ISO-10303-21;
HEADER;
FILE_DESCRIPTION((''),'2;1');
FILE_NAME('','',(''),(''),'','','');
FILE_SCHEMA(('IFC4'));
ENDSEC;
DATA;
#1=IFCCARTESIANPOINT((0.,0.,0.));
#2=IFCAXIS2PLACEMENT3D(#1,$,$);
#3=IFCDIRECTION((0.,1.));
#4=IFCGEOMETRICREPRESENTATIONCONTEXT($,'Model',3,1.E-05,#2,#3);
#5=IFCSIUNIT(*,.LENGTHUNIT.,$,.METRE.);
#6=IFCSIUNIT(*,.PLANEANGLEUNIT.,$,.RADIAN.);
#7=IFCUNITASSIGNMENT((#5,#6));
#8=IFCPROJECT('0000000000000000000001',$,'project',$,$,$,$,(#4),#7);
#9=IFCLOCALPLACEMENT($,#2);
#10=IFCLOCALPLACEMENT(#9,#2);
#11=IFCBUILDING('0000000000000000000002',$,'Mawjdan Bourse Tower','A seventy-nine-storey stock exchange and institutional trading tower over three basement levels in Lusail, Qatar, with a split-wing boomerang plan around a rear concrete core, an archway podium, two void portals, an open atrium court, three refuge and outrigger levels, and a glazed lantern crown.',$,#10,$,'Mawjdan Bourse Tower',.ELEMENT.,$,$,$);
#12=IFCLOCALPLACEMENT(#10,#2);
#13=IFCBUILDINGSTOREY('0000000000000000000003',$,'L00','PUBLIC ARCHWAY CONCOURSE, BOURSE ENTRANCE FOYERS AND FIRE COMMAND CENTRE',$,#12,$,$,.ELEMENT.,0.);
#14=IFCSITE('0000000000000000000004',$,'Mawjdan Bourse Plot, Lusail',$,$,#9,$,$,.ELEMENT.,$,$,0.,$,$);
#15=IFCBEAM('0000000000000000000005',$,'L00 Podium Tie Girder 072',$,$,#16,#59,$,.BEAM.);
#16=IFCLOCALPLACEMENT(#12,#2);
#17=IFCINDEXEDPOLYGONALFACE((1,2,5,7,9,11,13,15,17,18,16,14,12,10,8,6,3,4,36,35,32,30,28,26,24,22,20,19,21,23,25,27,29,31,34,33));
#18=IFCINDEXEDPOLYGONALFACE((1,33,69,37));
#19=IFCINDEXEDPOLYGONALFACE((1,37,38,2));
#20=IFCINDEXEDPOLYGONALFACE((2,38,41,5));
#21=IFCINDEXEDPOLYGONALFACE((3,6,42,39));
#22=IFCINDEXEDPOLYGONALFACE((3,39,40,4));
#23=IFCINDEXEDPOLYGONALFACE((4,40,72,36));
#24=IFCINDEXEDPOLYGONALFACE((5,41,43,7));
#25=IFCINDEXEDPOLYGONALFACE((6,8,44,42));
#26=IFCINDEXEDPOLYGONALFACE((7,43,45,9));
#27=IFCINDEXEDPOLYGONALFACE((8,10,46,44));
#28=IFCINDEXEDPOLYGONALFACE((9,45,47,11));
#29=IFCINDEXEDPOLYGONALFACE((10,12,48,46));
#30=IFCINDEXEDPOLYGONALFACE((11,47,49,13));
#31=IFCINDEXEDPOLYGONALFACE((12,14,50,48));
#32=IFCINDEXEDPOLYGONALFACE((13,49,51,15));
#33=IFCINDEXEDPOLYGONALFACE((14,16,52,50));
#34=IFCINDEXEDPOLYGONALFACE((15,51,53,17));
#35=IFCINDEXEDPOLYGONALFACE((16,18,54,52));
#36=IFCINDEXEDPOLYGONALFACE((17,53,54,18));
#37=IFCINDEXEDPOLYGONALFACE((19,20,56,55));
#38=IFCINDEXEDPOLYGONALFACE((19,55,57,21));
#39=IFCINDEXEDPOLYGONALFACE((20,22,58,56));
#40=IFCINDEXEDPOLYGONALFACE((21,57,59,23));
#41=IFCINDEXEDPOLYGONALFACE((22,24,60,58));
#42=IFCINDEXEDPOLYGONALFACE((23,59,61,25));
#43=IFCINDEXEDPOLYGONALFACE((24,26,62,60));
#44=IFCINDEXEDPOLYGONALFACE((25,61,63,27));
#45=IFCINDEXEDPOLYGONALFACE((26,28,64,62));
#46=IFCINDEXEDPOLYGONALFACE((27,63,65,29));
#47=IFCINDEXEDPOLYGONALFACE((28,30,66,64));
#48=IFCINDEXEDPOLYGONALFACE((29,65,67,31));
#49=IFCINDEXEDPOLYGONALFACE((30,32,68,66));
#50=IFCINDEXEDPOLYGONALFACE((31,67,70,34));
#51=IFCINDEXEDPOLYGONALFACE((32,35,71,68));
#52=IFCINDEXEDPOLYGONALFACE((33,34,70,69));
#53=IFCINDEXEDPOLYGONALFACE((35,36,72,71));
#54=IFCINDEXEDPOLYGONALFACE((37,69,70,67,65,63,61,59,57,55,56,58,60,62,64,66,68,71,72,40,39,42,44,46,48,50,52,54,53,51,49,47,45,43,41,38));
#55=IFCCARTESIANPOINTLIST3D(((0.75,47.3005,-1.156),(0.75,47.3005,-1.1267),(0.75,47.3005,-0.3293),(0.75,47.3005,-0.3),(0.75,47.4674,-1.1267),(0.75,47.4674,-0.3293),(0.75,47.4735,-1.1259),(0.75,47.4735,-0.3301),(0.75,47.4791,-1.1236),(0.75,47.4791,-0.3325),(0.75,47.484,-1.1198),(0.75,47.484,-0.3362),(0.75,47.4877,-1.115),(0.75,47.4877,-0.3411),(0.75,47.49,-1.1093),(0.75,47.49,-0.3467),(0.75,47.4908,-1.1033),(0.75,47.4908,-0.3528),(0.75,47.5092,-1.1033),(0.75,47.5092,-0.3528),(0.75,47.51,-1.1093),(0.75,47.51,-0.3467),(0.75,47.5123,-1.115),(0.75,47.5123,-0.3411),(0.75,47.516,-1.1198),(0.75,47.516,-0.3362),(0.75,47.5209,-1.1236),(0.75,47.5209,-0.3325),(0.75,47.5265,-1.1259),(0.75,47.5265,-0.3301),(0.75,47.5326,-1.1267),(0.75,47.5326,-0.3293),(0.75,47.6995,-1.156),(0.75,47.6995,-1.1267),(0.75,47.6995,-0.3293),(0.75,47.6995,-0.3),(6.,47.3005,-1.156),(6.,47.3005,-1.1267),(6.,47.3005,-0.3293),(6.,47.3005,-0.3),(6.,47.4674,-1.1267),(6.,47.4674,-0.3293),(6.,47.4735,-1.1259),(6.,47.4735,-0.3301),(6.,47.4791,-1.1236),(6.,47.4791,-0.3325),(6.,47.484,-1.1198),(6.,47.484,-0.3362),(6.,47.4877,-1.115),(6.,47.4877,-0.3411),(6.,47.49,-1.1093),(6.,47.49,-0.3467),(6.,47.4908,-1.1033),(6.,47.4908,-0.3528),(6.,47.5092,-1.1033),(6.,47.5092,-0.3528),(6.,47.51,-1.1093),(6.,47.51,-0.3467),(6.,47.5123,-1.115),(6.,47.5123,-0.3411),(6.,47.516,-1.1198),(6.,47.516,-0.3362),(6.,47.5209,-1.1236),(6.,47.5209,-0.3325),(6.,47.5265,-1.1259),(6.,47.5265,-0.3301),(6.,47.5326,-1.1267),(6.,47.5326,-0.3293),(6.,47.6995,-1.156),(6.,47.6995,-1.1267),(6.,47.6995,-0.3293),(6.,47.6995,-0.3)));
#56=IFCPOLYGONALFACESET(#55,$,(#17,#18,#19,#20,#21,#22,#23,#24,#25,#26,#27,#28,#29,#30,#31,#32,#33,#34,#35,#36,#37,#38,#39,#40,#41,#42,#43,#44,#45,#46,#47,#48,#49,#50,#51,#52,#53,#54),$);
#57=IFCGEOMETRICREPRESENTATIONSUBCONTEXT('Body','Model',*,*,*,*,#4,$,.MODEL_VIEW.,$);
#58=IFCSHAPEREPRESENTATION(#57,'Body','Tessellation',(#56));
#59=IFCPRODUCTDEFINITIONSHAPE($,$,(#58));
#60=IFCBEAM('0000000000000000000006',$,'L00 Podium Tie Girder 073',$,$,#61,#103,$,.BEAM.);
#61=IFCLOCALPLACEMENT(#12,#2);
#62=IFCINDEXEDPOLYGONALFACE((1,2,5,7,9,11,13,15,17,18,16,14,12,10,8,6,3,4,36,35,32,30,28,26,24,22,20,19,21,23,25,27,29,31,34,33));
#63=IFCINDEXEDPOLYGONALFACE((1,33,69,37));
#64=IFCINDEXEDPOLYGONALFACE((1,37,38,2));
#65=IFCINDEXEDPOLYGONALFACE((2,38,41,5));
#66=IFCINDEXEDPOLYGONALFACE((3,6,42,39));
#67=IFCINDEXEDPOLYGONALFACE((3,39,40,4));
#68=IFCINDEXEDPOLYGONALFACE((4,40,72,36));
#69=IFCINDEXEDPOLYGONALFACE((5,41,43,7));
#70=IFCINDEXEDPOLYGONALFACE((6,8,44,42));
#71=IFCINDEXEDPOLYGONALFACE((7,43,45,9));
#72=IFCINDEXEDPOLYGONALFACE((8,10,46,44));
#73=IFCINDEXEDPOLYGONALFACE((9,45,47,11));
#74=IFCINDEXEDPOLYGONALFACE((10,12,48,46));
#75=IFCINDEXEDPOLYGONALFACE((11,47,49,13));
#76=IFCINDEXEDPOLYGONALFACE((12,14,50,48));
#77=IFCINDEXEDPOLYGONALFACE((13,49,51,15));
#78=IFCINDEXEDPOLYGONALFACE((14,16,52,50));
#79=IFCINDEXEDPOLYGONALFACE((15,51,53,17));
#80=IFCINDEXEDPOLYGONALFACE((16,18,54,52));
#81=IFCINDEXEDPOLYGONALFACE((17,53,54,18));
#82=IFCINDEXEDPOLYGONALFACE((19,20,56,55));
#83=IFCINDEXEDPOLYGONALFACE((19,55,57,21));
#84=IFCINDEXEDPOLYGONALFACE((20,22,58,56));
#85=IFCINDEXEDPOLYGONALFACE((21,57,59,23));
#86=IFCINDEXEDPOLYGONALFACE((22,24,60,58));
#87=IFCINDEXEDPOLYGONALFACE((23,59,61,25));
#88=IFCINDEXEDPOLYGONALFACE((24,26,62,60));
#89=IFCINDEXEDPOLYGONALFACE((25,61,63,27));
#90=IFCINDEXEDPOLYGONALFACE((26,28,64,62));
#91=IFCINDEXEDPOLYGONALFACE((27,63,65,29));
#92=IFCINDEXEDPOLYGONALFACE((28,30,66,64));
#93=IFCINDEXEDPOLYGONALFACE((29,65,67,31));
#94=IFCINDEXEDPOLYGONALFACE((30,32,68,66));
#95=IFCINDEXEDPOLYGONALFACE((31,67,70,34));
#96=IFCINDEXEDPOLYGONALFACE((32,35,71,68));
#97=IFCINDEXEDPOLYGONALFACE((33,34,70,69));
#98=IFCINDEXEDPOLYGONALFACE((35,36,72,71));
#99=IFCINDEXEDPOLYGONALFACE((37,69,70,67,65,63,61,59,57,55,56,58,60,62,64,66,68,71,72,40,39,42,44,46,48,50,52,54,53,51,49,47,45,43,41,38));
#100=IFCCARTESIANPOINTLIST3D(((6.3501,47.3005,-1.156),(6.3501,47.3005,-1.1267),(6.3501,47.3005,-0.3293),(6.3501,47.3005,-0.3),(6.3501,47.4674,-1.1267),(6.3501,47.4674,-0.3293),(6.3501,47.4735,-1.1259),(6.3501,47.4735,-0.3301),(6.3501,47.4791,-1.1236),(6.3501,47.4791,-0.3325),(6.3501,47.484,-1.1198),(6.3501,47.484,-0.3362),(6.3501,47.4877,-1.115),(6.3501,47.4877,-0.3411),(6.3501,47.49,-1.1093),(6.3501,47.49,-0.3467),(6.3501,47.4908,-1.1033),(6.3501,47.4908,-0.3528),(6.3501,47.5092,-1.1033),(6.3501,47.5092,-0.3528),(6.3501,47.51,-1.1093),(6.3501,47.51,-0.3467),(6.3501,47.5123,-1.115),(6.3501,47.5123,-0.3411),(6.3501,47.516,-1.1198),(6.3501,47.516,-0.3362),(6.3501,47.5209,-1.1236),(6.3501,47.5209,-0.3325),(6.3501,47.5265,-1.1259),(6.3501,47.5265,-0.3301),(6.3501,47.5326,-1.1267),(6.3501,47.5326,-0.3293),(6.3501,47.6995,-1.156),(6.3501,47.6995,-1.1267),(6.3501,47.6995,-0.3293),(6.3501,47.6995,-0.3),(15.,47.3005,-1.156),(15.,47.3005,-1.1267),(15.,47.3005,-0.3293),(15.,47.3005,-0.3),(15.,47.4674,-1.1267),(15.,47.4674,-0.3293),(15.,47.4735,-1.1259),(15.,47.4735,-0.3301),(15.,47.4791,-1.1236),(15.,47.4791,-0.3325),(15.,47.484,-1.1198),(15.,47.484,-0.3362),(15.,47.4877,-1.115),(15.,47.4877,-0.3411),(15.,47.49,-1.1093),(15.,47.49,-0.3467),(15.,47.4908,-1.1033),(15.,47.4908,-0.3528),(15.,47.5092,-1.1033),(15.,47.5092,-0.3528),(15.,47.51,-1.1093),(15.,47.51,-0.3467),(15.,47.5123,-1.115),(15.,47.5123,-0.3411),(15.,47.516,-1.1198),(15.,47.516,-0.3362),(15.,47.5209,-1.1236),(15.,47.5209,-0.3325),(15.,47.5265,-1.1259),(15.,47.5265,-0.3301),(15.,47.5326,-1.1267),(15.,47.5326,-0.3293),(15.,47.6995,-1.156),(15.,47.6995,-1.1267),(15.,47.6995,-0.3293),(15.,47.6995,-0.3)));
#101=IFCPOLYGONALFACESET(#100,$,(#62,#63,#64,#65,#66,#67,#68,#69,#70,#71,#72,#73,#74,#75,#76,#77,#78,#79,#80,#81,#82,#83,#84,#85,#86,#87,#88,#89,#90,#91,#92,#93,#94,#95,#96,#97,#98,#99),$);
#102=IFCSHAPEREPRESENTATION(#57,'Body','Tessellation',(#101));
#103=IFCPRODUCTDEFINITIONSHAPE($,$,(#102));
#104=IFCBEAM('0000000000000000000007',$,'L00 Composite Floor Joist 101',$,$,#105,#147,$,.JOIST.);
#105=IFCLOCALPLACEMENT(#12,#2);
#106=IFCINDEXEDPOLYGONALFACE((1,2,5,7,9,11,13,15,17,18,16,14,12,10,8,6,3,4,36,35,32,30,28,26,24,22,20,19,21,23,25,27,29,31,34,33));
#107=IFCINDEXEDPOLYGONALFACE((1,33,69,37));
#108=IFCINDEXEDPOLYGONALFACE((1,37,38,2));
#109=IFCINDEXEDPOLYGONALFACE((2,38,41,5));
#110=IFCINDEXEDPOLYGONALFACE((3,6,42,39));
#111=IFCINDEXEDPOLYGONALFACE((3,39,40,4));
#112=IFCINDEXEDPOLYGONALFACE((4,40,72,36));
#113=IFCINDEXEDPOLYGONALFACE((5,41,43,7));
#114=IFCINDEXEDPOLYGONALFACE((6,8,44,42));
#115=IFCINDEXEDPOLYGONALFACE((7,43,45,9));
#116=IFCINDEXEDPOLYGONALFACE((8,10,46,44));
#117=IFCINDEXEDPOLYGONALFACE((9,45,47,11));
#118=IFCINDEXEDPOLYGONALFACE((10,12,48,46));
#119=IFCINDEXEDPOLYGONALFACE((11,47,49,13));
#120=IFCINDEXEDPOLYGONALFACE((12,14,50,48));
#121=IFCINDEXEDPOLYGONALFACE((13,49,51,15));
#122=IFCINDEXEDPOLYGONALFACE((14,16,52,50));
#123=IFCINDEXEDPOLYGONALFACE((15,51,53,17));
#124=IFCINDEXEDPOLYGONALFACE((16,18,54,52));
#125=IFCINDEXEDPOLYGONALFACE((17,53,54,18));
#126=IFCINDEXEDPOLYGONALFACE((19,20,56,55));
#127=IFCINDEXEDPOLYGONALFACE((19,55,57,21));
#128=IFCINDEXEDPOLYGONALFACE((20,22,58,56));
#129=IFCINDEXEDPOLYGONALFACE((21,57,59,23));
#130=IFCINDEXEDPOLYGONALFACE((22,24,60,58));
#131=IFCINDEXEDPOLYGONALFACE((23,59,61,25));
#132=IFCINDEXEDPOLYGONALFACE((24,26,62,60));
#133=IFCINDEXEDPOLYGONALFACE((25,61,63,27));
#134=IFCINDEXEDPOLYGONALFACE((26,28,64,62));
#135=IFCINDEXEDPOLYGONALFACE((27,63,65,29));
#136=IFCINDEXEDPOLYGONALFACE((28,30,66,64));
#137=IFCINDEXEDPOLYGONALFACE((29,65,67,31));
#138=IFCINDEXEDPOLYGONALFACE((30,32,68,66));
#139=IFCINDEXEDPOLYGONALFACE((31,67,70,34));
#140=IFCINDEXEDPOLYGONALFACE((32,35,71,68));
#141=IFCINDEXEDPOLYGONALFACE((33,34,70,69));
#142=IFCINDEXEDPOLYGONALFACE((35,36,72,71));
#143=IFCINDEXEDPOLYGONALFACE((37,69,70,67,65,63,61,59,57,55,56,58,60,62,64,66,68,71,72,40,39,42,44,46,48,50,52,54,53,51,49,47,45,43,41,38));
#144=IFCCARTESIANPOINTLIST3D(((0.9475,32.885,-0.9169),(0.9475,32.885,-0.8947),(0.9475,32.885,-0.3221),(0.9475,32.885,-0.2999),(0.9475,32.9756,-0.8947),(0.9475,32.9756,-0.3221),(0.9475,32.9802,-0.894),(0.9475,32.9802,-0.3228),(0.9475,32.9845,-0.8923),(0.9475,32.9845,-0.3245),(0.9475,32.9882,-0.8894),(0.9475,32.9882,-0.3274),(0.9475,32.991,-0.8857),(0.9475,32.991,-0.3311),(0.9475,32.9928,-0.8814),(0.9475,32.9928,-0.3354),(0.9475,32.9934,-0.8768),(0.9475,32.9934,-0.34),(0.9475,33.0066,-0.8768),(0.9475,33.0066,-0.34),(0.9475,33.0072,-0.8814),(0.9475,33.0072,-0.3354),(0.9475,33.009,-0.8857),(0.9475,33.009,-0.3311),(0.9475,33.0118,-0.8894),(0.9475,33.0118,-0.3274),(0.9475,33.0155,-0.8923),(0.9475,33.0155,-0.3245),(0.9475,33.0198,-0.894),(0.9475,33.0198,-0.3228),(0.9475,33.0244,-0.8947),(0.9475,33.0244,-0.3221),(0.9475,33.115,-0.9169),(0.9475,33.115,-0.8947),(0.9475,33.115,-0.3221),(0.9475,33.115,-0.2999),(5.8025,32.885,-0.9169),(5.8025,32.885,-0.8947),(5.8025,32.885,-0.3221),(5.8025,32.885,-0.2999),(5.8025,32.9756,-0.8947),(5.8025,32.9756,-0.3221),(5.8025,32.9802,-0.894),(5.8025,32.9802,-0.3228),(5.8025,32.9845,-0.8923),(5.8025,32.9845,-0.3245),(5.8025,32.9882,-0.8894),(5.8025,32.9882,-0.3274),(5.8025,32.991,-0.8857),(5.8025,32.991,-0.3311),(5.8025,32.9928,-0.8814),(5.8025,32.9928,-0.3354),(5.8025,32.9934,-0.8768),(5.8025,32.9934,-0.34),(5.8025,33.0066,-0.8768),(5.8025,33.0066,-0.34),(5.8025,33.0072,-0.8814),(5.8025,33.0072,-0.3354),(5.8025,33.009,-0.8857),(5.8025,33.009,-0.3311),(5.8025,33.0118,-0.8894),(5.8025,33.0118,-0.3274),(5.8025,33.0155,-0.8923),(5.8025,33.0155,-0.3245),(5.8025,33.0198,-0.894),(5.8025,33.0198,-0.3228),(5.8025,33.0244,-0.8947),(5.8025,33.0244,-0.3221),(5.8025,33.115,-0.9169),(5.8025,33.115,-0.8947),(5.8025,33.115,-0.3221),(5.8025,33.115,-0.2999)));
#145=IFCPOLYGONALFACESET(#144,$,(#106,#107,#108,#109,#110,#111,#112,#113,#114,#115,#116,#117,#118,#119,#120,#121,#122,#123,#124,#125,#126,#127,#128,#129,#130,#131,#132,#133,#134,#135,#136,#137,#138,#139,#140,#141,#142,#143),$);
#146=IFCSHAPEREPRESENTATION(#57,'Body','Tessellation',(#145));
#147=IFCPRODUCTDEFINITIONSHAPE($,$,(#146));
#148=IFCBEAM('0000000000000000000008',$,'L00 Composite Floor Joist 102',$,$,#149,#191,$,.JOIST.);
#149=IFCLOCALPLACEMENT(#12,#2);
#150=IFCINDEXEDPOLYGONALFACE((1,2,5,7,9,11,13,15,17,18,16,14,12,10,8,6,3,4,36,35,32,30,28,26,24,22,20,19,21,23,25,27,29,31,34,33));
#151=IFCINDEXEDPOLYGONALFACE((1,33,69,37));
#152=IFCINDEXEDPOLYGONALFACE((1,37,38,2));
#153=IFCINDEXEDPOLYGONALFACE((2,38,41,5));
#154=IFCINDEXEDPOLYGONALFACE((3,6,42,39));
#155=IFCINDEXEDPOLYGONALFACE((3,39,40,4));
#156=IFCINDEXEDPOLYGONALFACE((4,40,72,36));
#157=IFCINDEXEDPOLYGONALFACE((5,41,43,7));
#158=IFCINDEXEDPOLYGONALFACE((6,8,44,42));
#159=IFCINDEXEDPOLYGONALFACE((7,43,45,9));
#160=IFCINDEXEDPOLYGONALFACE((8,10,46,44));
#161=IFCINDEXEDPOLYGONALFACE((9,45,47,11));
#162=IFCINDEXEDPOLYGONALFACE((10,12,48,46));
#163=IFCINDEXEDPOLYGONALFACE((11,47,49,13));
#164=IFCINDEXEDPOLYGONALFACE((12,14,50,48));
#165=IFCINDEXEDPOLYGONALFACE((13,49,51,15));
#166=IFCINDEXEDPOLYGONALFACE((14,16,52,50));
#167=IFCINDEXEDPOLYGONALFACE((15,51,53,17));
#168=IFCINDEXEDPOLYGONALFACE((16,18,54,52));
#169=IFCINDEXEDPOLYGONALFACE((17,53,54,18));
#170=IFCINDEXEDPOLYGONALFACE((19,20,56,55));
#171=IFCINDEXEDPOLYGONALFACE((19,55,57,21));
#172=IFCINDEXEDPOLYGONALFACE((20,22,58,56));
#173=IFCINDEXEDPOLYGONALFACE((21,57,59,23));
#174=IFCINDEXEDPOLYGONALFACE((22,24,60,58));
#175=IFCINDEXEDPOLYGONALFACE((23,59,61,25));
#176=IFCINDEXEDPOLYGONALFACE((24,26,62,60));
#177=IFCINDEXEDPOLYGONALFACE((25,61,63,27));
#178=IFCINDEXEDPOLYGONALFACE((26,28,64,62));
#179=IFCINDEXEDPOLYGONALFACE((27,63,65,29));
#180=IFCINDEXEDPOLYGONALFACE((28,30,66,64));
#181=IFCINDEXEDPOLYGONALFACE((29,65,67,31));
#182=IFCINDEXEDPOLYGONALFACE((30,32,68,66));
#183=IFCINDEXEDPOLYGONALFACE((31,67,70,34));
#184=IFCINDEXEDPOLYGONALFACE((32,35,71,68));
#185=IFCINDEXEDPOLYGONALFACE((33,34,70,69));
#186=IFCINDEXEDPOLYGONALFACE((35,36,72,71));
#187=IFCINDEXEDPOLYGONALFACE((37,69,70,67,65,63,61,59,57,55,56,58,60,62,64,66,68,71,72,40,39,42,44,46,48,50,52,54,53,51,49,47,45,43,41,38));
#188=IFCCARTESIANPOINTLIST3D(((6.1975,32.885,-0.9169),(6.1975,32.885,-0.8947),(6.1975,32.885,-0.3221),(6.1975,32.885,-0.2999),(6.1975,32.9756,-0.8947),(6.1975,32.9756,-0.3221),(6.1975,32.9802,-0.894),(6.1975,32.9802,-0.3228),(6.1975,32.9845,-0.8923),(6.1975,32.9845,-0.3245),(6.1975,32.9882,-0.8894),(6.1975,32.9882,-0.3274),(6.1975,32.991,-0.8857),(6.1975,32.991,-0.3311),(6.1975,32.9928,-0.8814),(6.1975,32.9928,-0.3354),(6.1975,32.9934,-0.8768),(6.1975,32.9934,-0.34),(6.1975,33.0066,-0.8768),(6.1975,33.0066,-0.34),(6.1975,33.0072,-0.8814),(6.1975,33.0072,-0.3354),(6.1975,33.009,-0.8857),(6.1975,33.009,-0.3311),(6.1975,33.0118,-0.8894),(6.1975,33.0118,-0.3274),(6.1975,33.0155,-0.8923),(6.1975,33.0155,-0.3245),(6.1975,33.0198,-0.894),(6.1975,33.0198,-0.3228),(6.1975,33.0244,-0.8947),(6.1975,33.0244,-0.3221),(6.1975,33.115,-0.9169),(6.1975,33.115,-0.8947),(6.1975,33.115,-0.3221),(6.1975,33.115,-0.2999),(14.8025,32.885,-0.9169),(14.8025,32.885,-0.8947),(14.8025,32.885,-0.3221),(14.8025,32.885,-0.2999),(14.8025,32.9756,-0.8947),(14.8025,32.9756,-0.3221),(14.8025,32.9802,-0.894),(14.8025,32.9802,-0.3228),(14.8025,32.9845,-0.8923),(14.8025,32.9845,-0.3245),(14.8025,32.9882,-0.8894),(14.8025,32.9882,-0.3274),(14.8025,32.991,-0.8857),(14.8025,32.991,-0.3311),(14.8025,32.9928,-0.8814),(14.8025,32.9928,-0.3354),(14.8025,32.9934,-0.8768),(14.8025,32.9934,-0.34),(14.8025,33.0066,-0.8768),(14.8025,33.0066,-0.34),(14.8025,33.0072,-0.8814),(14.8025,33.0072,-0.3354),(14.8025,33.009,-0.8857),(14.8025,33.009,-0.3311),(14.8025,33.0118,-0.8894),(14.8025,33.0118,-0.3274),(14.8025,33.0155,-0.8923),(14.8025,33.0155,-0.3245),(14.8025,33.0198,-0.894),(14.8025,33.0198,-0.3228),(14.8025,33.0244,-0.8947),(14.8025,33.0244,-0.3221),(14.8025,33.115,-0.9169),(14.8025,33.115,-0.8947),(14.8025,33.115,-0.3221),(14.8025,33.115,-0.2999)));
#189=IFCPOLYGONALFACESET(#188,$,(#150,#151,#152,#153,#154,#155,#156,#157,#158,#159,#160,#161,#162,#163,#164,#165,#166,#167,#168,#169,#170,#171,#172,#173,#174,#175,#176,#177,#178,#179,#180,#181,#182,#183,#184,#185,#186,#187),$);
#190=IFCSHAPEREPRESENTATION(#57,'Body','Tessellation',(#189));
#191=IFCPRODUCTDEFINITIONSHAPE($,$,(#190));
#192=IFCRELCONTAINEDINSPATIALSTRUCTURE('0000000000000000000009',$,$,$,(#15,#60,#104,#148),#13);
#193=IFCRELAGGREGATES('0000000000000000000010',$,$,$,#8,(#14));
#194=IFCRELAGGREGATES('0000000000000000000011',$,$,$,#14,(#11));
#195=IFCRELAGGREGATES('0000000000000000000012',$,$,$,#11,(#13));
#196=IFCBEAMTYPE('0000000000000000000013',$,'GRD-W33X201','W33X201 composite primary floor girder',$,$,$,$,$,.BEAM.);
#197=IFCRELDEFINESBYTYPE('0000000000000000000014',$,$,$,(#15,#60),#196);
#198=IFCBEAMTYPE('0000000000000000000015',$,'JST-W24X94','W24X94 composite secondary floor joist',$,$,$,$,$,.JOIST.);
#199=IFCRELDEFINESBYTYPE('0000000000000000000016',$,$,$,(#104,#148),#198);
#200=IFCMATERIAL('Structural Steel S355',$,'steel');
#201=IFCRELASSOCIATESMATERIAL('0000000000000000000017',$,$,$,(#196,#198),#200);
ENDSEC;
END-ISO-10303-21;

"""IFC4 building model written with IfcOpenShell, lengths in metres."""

from ifc_helpers import new_model, si_unit, direction, frame, origin, origin_2d, place, context, subcontext, project, spatial, i_section, extrude, material, material_profile, profile_set, type_object, element, save


model = new_model("IFC4")

# Units and contexts
model_context = context("Model", 3, precision=1e-05, world=origin(), true_north=direction((0.0, 1.0)))
body_context = subcontext(model_context, "Body", "Model", "MODEL_VIEW")
ifc_project = project(units=[si_unit("LENGTHUNIT", "METRE"), si_unit("PLANEANGLEUNIT", "RADIAN")], contexts=[model_context])

# Site, building, storey
site_placement = place(None, origin())
site = spatial("IfcSite", under=ifc_project, at=site_placement, Name="Mawjdan Bourse Plot, Lusail", CompositionType="ELEMENT", RefElevation=0.0)
building_placement = place(site_placement, origin())
building = spatial("IfcBuilding", under=site, at=building_placement, Name="Mawjdan Bourse Tower", Description="A seventy-nine-storey stock exchange and institutional trading tower over three basement levels in Lusail, Qatar, with a split-wing boomerang plan around a rear concrete core, an archway podium, two void portals, an open atrium court, three refuge and outrigger levels, and a glazed lantern crown.", LongName="Mawjdan Bourse Tower", CompositionType="ELEMENT")
storey_placement = place(building_placement, origin())
storey = spatial("IfcBuildingStorey", under=building, at=storey_placement, Name="L00", Description="PUBLIC ARCHWAY CONCOURSE, BOURSE ENTRANCE FOYERS AND FIRE COMMAND CENTRE", CompositionType="ELEMENT", Elevation=0.0)

# Beams
ifc_material_1 = material(Name="Structural Steel S355", Category="steel")
ifc_material_profile_1 = material_profile(ifc_material_1, i_section(OverallWidth=0.3989, OverallDepth=0.856, WebThickness=0.0183, FlangeThickness=0.0293, FilletRadius=0.0234, at=origin_2d()), Name="W33X201")
ifc_profile_set_1 = profile_set([ifc_material_profile_1], Name="Structural Steel S355")
beam_type_1 = type_object("IfcBeamType", Name="GRD-W33X201", Description="W33X201 composite primary floor girder", PredefinedType="BEAM", material=ifc_profile_set_1)
beam_1_placement = place(storey_placement, frame((0.75, 47.5, -0.728), z_axis=(1.0, 0.0, 0.0), x_axis=(0.0, 1.0, 0.0)))
element("IfcBeam", 1, at=beam_1_placement, inside=storey, type_object=beam_type_1, Name="L00 Podium Tie Girder 072", PredefinedType="BEAM", context=body_context, shape_type="SweptSolid", body=[
    extrude(i_section(OverallWidth=0.3989, OverallDepth=0.856, WebThickness=0.0183, FlangeThickness=0.0293, FilletRadius=0.0234, at=origin_2d()), origin(), (0.0, 0.0, 1.0), 5.25),
])
beam_2_placement = place(storey_placement, frame((6.3501, 47.5, -0.728), z_axis=(1.0, 0.0, 0.0), x_axis=(0.0, 1.0, 0.0)))
element("IfcBeam", 2, at=beam_2_placement, inside=storey, type_object=beam_type_1, Name="L00 Podium Tie Girder 073", PredefinedType="BEAM", context=body_context, shape_type="SweptSolid", body=[
    extrude(i_section(OverallWidth=0.3989, OverallDepth=0.856, WebThickness=0.0183, FlangeThickness=0.0293, FilletRadius=0.0234, at=origin_2d()), origin(), (0.0, 0.0, 1.0), 8.6499),
])
ifc_material_profile_2 = material_profile(ifc_material_1, i_section(OverallWidth=0.23, OverallDepth=0.6169, WebThickness=0.0132, FlangeThickness=0.0222, FilletRadius=0.0178, at=origin_2d()), Name="W24X94")
ifc_profile_set_2 = profile_set([ifc_material_profile_2], Name="Structural Steel S355")
beam_type_2 = type_object("IfcBeamType", Name="JST-W24X94", Description="W24X94 composite secondary floor joist", PredefinedType="JOIST", material=ifc_profile_set_2)
beam_3_placement = place(storey_placement, frame((0.9475, 33.0, -0.6084), z_axis=(1.0, 0.0, 0.0), x_axis=(0.0, 1.0, 0.0)))
element("IfcBeam", 3, at=beam_3_placement, inside=storey, type_object=beam_type_2, Name="L00 Composite Floor Joist 101", PredefinedType="JOIST", context=body_context, shape_type="SweptSolid", body=[
    extrude(i_section(OverallWidth=0.23, OverallDepth=0.6169, WebThickness=0.0132, FlangeThickness=0.0222, FilletRadius=0.0178, at=origin_2d()), origin(), (0.0, 0.0, 1.0), 4.855),
])
beam_4_placement = place(storey_placement, frame((6.1975, 33.0, -0.6084), z_axis=(1.0, 0.0, 0.0), x_axis=(0.0, 1.0, 0.0)))
element("IfcBeam", 4, at=beam_4_placement, inside=storey, type_object=beam_type_2, Name="L00 Composite Floor Joist 102", PredefinedType="JOIST", context=body_context, shape_type="SweptSolid", body=[
    extrude(i_section(OverallWidth=0.23, OverallDepth=0.6169, WebThickness=0.0132, FlangeThickness=0.0222, FilletRadius=0.0178, at=origin_2d()), origin(), (0.0, 0.0, 1.0), 8.605),
])

save(model, "model.ifc")
